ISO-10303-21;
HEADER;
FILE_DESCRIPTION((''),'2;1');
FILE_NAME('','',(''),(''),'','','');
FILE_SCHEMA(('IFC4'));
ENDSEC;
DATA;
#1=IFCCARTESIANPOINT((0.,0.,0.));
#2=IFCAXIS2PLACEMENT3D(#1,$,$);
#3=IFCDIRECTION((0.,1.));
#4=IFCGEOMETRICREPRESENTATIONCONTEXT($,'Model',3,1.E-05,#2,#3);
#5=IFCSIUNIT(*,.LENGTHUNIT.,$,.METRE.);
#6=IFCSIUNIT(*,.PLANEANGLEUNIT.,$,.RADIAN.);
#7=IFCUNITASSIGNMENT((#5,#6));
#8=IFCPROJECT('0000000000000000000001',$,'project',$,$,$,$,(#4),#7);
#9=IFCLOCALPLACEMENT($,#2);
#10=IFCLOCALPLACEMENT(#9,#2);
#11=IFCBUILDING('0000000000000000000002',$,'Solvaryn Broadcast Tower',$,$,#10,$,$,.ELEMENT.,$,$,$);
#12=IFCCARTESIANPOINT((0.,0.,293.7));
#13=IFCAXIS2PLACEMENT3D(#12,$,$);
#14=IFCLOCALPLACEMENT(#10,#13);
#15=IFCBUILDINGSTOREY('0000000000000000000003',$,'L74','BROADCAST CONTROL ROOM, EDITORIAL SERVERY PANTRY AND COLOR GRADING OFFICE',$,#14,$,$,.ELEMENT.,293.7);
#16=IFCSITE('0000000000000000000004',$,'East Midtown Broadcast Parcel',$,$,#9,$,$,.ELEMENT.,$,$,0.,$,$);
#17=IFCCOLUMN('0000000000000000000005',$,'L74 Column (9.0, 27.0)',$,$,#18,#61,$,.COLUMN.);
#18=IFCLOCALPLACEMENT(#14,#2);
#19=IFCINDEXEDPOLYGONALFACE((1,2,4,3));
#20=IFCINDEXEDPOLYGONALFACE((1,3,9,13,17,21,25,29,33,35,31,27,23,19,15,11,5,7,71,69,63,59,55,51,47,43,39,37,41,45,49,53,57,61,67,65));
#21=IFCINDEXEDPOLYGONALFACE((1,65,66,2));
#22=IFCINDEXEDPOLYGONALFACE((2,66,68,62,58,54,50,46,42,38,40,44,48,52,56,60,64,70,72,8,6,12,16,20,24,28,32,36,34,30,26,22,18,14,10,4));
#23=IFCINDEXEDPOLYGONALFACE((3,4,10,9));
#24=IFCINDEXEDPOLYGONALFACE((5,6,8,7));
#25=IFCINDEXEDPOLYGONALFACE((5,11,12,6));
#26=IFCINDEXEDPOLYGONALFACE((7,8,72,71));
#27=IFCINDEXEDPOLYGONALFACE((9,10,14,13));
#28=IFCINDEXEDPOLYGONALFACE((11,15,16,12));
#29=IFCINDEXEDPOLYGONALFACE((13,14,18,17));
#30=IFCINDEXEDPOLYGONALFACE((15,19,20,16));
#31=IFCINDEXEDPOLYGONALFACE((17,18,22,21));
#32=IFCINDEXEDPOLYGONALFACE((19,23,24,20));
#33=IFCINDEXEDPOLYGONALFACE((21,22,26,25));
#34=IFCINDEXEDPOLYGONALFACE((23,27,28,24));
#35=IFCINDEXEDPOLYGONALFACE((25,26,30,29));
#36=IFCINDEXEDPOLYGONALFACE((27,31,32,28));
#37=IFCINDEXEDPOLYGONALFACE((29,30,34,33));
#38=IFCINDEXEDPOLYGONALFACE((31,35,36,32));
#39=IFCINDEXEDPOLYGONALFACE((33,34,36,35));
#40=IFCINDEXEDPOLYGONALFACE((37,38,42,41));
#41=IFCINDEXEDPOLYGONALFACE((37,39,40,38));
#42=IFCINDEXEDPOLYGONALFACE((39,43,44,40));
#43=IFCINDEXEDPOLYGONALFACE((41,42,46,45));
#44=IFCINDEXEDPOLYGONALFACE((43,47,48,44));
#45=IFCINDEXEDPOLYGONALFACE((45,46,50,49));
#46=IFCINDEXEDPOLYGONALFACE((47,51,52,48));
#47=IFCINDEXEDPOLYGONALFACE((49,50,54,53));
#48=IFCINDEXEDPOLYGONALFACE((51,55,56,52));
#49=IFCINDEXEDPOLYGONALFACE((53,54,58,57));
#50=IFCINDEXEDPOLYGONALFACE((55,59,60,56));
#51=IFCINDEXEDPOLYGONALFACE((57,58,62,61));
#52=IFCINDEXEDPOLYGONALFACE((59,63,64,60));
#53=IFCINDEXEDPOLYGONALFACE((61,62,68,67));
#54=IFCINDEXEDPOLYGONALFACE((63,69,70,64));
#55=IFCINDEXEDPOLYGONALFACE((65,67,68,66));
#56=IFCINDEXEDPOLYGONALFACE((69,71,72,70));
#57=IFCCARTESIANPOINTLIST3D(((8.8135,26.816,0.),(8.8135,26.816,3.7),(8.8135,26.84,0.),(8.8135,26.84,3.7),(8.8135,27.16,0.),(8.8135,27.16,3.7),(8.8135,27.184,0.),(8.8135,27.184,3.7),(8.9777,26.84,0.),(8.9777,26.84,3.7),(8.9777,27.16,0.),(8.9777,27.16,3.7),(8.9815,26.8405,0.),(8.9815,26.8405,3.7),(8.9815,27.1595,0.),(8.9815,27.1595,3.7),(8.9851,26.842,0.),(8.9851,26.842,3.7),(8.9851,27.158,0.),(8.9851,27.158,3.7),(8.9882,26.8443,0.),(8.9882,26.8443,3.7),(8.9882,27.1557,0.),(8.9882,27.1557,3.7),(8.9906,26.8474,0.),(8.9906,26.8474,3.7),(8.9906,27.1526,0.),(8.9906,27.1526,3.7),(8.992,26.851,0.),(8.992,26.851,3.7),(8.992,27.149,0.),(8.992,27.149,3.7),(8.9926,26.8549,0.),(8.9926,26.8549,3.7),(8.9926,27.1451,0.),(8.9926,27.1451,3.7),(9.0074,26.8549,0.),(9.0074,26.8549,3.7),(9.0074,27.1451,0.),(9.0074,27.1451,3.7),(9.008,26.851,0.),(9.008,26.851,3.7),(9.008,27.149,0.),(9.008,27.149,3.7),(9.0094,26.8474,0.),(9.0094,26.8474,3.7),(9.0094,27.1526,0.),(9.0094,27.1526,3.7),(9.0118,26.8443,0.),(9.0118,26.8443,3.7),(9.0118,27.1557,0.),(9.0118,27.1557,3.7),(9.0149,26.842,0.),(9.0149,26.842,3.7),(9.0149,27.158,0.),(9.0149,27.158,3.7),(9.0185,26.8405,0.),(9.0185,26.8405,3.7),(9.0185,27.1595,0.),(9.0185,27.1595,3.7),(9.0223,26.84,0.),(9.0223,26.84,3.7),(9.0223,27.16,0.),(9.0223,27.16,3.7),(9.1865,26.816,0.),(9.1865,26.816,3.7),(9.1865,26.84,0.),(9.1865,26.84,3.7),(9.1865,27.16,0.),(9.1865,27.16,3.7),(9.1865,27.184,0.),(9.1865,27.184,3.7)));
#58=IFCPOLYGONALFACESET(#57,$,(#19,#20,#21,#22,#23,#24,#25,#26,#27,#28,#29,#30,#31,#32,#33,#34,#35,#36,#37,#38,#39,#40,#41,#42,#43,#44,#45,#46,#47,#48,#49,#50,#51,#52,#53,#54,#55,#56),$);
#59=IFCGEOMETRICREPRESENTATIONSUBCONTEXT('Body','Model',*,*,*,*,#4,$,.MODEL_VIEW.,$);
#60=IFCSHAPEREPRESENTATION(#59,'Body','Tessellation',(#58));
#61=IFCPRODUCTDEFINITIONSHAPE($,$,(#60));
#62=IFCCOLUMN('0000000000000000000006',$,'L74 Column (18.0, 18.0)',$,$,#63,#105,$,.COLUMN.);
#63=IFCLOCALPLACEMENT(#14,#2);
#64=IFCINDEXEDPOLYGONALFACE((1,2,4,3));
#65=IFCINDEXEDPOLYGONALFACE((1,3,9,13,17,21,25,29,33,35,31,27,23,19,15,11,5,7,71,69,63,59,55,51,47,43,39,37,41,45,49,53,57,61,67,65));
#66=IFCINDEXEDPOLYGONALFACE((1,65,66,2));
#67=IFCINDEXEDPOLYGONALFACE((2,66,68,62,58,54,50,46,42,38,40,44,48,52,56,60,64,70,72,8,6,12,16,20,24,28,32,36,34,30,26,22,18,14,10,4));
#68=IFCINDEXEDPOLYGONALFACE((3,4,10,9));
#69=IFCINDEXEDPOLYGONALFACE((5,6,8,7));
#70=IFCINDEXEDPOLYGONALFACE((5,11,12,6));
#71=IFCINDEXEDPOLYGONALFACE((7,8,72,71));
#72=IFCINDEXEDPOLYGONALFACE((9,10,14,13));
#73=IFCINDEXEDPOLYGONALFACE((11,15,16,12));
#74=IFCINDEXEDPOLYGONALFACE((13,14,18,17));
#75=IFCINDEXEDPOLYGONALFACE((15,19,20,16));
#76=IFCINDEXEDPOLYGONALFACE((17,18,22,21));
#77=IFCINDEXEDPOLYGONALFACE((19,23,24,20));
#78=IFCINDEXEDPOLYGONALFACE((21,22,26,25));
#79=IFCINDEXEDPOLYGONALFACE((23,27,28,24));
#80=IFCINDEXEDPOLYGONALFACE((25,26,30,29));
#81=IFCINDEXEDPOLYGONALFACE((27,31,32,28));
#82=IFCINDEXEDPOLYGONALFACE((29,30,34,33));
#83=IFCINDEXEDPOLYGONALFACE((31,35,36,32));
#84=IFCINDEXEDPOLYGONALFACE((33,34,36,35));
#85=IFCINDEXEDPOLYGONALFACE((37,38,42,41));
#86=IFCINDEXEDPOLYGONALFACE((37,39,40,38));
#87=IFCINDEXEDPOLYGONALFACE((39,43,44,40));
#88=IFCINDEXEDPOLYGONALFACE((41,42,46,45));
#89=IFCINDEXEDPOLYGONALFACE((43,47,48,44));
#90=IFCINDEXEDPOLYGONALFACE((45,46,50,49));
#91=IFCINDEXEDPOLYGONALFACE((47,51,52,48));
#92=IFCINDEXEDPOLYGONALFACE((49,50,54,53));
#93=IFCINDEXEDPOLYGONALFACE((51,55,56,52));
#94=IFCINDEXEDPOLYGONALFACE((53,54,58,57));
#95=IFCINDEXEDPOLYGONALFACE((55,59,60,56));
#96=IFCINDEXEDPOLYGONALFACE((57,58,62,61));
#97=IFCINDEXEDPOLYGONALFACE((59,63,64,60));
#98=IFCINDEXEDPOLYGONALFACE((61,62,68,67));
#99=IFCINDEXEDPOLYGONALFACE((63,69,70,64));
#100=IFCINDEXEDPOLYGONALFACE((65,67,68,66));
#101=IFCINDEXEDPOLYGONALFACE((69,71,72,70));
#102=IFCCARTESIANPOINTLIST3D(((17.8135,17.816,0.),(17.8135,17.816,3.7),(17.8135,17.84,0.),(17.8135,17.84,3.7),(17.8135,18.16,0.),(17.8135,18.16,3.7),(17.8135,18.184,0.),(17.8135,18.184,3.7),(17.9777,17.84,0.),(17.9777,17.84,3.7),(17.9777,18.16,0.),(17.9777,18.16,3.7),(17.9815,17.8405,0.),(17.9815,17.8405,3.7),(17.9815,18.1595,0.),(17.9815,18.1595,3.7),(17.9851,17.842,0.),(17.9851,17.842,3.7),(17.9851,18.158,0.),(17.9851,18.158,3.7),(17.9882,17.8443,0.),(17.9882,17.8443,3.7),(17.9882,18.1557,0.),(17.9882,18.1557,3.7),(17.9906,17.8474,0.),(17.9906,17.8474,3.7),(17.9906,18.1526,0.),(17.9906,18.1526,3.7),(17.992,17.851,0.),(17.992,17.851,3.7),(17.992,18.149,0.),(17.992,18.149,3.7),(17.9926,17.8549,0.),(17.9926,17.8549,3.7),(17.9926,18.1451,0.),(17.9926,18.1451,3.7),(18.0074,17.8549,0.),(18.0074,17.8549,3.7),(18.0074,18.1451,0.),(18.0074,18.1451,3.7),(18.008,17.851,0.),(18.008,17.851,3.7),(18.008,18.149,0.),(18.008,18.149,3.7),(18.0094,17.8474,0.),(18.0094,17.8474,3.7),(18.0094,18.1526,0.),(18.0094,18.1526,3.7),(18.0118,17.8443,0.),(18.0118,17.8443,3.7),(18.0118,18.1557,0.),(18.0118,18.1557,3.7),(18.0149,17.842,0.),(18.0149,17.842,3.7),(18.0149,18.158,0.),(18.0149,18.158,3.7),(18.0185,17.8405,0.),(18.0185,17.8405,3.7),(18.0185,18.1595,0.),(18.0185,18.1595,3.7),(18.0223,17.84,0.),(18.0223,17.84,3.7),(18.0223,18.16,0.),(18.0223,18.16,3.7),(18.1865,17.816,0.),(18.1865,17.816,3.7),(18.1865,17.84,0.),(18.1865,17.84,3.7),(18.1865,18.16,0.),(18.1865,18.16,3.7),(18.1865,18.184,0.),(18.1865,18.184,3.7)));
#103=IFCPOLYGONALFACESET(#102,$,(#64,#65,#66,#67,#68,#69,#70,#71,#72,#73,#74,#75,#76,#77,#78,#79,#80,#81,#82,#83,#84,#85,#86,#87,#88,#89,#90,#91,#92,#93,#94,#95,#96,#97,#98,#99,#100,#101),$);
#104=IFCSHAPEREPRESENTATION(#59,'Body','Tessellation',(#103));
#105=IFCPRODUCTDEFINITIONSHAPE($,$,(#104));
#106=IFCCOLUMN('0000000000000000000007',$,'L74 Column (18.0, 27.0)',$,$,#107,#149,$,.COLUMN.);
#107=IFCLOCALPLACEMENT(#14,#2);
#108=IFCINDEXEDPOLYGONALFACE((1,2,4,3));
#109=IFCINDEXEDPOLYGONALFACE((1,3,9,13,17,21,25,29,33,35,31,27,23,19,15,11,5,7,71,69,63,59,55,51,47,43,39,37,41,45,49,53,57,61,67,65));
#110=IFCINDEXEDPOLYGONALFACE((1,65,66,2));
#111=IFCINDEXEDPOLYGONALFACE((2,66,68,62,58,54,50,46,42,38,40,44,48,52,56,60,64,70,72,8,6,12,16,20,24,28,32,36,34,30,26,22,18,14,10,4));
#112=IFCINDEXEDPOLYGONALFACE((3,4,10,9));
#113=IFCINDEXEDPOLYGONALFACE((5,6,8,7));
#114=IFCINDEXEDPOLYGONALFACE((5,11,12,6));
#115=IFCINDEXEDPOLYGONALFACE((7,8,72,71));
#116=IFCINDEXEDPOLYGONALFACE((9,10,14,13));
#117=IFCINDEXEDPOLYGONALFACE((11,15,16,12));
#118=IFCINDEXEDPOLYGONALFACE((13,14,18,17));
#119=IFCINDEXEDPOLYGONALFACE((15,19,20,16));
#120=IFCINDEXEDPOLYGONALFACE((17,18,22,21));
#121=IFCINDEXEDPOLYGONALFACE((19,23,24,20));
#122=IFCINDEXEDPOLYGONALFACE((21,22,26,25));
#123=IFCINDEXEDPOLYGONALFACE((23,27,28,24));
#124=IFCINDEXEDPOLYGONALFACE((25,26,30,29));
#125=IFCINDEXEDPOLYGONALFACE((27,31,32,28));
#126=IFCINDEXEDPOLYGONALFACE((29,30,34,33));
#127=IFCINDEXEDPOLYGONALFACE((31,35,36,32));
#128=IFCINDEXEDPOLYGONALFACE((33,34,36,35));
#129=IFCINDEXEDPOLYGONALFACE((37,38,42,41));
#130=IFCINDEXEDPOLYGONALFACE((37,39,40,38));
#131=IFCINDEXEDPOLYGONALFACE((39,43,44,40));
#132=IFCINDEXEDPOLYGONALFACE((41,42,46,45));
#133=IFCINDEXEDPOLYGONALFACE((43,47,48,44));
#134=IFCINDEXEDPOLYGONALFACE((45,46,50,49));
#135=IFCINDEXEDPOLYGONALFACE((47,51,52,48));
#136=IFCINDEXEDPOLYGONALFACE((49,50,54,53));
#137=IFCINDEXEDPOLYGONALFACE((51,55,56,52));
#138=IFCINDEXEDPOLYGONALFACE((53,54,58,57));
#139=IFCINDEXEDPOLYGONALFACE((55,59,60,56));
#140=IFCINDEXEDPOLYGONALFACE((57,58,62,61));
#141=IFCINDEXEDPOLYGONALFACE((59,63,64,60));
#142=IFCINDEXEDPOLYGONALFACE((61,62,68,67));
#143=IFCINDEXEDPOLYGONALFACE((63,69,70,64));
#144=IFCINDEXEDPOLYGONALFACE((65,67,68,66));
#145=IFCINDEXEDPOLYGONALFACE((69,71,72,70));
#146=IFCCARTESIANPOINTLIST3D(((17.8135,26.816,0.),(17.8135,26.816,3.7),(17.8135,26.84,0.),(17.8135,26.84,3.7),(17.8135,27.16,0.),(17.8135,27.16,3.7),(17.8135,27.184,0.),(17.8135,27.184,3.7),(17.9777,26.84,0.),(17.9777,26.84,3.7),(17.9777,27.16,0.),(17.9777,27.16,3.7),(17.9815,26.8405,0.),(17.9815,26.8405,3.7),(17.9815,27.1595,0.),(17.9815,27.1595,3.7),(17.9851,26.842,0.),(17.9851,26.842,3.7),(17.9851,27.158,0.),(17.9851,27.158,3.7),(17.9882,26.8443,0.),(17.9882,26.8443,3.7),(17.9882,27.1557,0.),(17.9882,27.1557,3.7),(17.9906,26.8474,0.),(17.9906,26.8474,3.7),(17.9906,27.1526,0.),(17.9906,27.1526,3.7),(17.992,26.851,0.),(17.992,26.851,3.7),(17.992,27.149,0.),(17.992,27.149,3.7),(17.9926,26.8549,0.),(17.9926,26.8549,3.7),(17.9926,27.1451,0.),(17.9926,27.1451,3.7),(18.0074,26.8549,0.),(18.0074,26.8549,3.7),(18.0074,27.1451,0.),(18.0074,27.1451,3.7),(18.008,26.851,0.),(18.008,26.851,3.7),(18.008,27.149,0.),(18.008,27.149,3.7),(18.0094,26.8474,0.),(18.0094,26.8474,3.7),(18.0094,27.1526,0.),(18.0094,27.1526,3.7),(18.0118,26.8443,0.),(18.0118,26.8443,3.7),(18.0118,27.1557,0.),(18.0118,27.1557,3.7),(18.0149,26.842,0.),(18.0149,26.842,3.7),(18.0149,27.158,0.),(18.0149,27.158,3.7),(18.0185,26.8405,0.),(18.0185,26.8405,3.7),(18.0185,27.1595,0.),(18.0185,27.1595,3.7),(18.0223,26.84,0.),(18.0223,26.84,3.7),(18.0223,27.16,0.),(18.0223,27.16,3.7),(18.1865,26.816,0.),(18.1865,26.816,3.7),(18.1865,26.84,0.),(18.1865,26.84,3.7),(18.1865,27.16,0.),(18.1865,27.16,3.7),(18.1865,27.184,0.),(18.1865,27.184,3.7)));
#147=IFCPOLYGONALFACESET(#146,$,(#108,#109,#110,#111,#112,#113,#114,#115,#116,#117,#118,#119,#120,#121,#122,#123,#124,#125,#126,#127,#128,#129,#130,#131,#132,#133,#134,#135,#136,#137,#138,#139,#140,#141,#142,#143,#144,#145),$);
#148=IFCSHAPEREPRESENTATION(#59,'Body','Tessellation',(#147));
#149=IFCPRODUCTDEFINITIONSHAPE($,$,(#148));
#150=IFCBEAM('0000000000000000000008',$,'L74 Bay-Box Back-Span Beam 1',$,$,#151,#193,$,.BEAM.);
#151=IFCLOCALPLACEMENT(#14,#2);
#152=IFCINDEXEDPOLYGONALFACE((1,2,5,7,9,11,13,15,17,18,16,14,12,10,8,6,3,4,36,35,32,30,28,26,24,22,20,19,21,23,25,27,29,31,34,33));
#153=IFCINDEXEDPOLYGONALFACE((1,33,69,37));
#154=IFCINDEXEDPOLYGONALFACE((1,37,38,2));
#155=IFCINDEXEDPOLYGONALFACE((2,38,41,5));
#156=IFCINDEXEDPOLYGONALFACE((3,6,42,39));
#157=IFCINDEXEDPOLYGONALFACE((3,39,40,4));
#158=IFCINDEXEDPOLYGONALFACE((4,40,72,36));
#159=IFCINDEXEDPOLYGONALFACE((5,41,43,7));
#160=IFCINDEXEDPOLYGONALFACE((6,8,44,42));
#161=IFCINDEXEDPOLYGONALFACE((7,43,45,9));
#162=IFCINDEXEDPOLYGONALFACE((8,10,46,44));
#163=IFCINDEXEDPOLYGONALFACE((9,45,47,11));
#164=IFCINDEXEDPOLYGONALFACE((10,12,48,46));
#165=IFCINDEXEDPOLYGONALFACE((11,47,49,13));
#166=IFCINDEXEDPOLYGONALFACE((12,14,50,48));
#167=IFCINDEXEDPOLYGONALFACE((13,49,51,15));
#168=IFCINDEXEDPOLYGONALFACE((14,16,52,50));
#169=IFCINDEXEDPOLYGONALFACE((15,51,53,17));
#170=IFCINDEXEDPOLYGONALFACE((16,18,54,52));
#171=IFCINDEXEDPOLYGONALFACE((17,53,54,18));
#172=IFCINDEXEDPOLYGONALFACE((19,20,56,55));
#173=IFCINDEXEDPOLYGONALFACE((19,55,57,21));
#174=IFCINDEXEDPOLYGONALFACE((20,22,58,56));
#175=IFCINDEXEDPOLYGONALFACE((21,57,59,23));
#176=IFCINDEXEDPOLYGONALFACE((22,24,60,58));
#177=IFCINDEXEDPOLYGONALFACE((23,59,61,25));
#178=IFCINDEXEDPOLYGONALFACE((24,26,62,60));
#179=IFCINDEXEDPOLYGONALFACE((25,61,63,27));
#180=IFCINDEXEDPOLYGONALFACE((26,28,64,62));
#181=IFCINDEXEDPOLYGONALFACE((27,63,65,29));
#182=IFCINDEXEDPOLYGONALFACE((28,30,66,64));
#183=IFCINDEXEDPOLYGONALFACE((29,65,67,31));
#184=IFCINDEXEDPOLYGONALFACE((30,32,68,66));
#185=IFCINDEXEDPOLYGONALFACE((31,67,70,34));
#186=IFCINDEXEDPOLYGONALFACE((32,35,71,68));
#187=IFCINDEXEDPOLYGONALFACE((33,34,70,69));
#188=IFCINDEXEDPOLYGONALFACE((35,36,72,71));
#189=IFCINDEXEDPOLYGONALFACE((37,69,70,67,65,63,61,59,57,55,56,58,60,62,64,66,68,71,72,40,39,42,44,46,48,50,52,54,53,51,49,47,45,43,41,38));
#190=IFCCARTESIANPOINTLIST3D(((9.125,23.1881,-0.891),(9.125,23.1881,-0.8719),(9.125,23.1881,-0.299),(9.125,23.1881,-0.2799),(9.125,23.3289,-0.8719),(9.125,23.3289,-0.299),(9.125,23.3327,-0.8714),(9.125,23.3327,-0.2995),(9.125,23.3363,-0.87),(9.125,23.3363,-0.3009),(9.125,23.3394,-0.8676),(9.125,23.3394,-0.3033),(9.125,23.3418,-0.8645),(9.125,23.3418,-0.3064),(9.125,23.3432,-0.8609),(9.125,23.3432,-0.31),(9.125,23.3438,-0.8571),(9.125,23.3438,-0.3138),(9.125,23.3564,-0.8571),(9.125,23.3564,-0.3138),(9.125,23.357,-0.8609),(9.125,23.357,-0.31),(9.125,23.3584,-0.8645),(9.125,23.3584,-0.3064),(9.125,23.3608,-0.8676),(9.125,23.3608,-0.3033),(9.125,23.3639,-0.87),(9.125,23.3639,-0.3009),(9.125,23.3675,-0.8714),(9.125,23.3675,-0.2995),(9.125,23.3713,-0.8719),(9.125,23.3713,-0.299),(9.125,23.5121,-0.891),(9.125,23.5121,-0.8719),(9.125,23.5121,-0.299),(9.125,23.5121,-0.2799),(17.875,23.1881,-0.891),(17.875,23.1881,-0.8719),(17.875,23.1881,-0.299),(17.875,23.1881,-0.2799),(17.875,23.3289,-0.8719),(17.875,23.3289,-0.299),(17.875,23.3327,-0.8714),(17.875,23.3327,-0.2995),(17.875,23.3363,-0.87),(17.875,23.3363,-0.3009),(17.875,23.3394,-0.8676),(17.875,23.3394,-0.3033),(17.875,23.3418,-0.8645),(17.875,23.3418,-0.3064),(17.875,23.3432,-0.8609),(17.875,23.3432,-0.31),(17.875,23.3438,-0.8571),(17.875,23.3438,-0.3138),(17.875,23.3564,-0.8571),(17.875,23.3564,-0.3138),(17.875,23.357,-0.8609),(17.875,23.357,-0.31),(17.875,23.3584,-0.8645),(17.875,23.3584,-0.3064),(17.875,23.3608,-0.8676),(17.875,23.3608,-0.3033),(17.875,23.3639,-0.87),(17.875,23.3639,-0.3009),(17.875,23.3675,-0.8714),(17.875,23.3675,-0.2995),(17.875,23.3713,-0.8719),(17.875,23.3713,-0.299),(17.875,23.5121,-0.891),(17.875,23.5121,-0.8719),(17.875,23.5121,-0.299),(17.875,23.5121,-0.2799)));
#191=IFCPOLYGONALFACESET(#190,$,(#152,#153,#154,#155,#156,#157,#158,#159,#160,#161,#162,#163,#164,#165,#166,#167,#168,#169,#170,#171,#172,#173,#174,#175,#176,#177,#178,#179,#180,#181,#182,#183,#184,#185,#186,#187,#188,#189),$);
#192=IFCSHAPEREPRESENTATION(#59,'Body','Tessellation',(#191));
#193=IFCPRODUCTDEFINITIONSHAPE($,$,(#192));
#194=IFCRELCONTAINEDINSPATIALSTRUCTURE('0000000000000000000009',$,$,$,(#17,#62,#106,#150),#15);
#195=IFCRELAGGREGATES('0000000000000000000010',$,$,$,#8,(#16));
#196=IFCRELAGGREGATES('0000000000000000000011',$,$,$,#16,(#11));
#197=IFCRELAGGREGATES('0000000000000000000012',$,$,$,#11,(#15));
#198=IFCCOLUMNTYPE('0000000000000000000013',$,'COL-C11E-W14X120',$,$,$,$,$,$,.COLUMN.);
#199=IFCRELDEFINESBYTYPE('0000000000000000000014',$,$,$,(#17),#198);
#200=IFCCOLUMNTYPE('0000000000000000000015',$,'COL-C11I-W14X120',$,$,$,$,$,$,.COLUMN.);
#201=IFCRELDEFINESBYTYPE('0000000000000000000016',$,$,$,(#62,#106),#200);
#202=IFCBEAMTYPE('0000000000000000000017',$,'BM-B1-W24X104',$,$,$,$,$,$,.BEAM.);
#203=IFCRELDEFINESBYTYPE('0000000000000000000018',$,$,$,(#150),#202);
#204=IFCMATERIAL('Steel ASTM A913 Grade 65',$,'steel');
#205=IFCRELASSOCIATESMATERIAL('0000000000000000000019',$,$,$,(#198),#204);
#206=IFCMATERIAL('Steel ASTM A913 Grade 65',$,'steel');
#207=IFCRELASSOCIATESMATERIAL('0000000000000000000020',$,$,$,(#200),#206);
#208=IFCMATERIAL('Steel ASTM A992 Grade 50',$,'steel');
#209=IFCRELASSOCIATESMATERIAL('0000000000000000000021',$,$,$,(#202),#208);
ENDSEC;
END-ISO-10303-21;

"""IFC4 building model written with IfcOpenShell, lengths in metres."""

from ifc_helpers import new_model, si_unit, direction, frame, origin, origin_2d, place, context, subcontext, project, spatial, i_section, extrude, material, material_profile, profile_set, type_object, element, save


model = new_model("IFC4")

# Units and contexts
model_context = context("Model", 3, precision=1e-05, world=origin(), true_north=direction((0.0, 1.0)))
body_context = subcontext(model_context, "Body", "Model", "MODEL_VIEW")
ifc_project = project(units=[si_unit("LENGTHUNIT", "METRE"), si_unit("PLANEANGLEUNIT", "RADIAN")], contexts=[model_context])

# Site, building, storey
site_placement = place(None, origin())
site = spatial("IfcSite", under=ifc_project, at=site_placement, Name="East Midtown Broadcast Parcel", CompositionType="ELEMENT", RefElevation=0.0)
building_placement = place(site_placement, origin())
building = spatial("IfcBuilding", under=site, at=building_placement, Name="Solvaryn Broadcast Tower", CompositionType="ELEMENT")
storey_placement = place(building_placement, frame((0.0, 0.0, 293.7)))
storey = spatial("IfcBuildingStorey", under=building, at=storey_placement, Name="L74", Description="BROADCAST CONTROL ROOM, EDITORIAL SERVERY PANTRY AND COLOR GRADING OFFICE", CompositionType="ELEMENT", Elevation=293.7)

# Columns
ifc_material_1 = material(Name="Steel ASTM A913 Grade 65", Category="steel")
ifc_material_profile_1 = material_profile(ifc_material_1, i_section(OverallWidth=0.373, OverallDepth=0.3679, WebThickness=0.0149, FlangeThickness=0.0239, FilletRadius=0.0149, at=origin_2d()))
ifc_profile_set_1 = profile_set([ifc_material_profile_1], Name="Steel ASTM A913 Grade 65")
column_type_1 = type_object("IfcColumnType", Name="COL-C11E-W14X120", PredefinedType="COLUMN", material=ifc_profile_set_1)
column_placement = place(storey_placement, frame((9.0, 27.0, 0.0), z_axis=(0.0, 0.0, 1.0), x_axis=(1.0, 0.0, 0.0)))
element("IfcColumn", 1, at=column_placement, inside=storey, type_object=column_type_1, Name="L74 Column (9.0, 27.0)", PredefinedType="COLUMN", context=body_context, shape_type="SweptSolid", body=[
    extrude(i_section(OverallWidth=0.373, OverallDepth=0.3679, WebThickness=0.0149, FlangeThickness=0.0239, FilletRadius=0.0149, at=origin_2d()), origin(), (0.0, 0.0, 1.0), 3.7),
])
ifc_material_2 = material(Name="Steel ASTM A913 Grade 65", Category="steel")
ifc_material_profile_2 = material_profile(ifc_material_2, i_section(OverallWidth=0.373, OverallDepth=0.3679, WebThickness=0.0149, FlangeThickness=0.0239, FilletRadius=0.0149, at=origin_2d()))
ifc_profile_set_2 = profile_set([ifc_material_profile_2], Name="Steel ASTM A913 Grade 65")
column_type_2 = type_object("IfcColumnType", Name="COL-C11I-W14X120", PredefinedType="COLUMN", material=ifc_profile_set_2)
for number, where, z_axis, x_axis, name in (
    (2, (18.0, 18.0, 0.0), (0.0, 0.0, 1.0), (1.0, 0.0, 0.0), "L74 Column (18.0, 18.0)"),
    (3, (18.0, 27.0, 0.0), (0.0, 0.0, 1.0), (1.0, 0.0, 0.0), "L74 Column (18.0, 27.0)"),
):
    element("IfcColumn", number, at=place(storey_placement, frame(where, z_axis=z_axis, x_axis=x_axis)), inside=storey, type_object=column_type_2, Name=name, PredefinedType="COLUMN", context=body_context, shape_type="SweptSolid", body=[
        extrude(i_section(OverallWidth=0.373, OverallDepth=0.3679, WebThickness=0.0149, FlangeThickness=0.0239, FilletRadius=0.0149, at=origin_2d()), origin(), (0.0, 0.0, 1.0), 3.7),
    ])

# Beam
ifc_material_3 = material(Name="Steel ASTM A992 Grade 50", Category="steel")
ifc_material_profile_3 = material_profile(ifc_material_3, i_section(OverallWidth=0.324, OverallDepth=0.6111, WebThickness=0.0127, FlangeThickness=0.019, FilletRadius=0.0149, at=origin_2d()))
ifc_profile_set_3 = profile_set([ifc_material_profile_3], Name="Steel ASTM A992 Grade 50")
beam_type_1 = type_object("IfcBeamType", Name="BM-B1-W24X104", PredefinedType="BEAM", material=ifc_profile_set_3)
beam_1_placement = place(storey_placement, frame((17.875, 23.3501, -0.5854), z_axis=(-1.0, 0.0, 0.0), x_axis=(0.0, -1.0, 0.0)))
element("IfcBeam", 4, at=beam_1_placement, inside=storey, type_object=beam_type_1, Name="L74 Bay-Box Back-Span Beam 1", PredefinedType="BEAM", context=body_context, shape_type="SweptSolid", body=[
    extrude(i_section(OverallWidth=0.324, OverallDepth=0.6111, WebThickness=0.0127, FlangeThickness=0.019, FilletRadius=0.0149, at=origin_2d()), origin(), (0.0, 0.0, 1.0), 8.75),
])

save(model, "model.ifc")
